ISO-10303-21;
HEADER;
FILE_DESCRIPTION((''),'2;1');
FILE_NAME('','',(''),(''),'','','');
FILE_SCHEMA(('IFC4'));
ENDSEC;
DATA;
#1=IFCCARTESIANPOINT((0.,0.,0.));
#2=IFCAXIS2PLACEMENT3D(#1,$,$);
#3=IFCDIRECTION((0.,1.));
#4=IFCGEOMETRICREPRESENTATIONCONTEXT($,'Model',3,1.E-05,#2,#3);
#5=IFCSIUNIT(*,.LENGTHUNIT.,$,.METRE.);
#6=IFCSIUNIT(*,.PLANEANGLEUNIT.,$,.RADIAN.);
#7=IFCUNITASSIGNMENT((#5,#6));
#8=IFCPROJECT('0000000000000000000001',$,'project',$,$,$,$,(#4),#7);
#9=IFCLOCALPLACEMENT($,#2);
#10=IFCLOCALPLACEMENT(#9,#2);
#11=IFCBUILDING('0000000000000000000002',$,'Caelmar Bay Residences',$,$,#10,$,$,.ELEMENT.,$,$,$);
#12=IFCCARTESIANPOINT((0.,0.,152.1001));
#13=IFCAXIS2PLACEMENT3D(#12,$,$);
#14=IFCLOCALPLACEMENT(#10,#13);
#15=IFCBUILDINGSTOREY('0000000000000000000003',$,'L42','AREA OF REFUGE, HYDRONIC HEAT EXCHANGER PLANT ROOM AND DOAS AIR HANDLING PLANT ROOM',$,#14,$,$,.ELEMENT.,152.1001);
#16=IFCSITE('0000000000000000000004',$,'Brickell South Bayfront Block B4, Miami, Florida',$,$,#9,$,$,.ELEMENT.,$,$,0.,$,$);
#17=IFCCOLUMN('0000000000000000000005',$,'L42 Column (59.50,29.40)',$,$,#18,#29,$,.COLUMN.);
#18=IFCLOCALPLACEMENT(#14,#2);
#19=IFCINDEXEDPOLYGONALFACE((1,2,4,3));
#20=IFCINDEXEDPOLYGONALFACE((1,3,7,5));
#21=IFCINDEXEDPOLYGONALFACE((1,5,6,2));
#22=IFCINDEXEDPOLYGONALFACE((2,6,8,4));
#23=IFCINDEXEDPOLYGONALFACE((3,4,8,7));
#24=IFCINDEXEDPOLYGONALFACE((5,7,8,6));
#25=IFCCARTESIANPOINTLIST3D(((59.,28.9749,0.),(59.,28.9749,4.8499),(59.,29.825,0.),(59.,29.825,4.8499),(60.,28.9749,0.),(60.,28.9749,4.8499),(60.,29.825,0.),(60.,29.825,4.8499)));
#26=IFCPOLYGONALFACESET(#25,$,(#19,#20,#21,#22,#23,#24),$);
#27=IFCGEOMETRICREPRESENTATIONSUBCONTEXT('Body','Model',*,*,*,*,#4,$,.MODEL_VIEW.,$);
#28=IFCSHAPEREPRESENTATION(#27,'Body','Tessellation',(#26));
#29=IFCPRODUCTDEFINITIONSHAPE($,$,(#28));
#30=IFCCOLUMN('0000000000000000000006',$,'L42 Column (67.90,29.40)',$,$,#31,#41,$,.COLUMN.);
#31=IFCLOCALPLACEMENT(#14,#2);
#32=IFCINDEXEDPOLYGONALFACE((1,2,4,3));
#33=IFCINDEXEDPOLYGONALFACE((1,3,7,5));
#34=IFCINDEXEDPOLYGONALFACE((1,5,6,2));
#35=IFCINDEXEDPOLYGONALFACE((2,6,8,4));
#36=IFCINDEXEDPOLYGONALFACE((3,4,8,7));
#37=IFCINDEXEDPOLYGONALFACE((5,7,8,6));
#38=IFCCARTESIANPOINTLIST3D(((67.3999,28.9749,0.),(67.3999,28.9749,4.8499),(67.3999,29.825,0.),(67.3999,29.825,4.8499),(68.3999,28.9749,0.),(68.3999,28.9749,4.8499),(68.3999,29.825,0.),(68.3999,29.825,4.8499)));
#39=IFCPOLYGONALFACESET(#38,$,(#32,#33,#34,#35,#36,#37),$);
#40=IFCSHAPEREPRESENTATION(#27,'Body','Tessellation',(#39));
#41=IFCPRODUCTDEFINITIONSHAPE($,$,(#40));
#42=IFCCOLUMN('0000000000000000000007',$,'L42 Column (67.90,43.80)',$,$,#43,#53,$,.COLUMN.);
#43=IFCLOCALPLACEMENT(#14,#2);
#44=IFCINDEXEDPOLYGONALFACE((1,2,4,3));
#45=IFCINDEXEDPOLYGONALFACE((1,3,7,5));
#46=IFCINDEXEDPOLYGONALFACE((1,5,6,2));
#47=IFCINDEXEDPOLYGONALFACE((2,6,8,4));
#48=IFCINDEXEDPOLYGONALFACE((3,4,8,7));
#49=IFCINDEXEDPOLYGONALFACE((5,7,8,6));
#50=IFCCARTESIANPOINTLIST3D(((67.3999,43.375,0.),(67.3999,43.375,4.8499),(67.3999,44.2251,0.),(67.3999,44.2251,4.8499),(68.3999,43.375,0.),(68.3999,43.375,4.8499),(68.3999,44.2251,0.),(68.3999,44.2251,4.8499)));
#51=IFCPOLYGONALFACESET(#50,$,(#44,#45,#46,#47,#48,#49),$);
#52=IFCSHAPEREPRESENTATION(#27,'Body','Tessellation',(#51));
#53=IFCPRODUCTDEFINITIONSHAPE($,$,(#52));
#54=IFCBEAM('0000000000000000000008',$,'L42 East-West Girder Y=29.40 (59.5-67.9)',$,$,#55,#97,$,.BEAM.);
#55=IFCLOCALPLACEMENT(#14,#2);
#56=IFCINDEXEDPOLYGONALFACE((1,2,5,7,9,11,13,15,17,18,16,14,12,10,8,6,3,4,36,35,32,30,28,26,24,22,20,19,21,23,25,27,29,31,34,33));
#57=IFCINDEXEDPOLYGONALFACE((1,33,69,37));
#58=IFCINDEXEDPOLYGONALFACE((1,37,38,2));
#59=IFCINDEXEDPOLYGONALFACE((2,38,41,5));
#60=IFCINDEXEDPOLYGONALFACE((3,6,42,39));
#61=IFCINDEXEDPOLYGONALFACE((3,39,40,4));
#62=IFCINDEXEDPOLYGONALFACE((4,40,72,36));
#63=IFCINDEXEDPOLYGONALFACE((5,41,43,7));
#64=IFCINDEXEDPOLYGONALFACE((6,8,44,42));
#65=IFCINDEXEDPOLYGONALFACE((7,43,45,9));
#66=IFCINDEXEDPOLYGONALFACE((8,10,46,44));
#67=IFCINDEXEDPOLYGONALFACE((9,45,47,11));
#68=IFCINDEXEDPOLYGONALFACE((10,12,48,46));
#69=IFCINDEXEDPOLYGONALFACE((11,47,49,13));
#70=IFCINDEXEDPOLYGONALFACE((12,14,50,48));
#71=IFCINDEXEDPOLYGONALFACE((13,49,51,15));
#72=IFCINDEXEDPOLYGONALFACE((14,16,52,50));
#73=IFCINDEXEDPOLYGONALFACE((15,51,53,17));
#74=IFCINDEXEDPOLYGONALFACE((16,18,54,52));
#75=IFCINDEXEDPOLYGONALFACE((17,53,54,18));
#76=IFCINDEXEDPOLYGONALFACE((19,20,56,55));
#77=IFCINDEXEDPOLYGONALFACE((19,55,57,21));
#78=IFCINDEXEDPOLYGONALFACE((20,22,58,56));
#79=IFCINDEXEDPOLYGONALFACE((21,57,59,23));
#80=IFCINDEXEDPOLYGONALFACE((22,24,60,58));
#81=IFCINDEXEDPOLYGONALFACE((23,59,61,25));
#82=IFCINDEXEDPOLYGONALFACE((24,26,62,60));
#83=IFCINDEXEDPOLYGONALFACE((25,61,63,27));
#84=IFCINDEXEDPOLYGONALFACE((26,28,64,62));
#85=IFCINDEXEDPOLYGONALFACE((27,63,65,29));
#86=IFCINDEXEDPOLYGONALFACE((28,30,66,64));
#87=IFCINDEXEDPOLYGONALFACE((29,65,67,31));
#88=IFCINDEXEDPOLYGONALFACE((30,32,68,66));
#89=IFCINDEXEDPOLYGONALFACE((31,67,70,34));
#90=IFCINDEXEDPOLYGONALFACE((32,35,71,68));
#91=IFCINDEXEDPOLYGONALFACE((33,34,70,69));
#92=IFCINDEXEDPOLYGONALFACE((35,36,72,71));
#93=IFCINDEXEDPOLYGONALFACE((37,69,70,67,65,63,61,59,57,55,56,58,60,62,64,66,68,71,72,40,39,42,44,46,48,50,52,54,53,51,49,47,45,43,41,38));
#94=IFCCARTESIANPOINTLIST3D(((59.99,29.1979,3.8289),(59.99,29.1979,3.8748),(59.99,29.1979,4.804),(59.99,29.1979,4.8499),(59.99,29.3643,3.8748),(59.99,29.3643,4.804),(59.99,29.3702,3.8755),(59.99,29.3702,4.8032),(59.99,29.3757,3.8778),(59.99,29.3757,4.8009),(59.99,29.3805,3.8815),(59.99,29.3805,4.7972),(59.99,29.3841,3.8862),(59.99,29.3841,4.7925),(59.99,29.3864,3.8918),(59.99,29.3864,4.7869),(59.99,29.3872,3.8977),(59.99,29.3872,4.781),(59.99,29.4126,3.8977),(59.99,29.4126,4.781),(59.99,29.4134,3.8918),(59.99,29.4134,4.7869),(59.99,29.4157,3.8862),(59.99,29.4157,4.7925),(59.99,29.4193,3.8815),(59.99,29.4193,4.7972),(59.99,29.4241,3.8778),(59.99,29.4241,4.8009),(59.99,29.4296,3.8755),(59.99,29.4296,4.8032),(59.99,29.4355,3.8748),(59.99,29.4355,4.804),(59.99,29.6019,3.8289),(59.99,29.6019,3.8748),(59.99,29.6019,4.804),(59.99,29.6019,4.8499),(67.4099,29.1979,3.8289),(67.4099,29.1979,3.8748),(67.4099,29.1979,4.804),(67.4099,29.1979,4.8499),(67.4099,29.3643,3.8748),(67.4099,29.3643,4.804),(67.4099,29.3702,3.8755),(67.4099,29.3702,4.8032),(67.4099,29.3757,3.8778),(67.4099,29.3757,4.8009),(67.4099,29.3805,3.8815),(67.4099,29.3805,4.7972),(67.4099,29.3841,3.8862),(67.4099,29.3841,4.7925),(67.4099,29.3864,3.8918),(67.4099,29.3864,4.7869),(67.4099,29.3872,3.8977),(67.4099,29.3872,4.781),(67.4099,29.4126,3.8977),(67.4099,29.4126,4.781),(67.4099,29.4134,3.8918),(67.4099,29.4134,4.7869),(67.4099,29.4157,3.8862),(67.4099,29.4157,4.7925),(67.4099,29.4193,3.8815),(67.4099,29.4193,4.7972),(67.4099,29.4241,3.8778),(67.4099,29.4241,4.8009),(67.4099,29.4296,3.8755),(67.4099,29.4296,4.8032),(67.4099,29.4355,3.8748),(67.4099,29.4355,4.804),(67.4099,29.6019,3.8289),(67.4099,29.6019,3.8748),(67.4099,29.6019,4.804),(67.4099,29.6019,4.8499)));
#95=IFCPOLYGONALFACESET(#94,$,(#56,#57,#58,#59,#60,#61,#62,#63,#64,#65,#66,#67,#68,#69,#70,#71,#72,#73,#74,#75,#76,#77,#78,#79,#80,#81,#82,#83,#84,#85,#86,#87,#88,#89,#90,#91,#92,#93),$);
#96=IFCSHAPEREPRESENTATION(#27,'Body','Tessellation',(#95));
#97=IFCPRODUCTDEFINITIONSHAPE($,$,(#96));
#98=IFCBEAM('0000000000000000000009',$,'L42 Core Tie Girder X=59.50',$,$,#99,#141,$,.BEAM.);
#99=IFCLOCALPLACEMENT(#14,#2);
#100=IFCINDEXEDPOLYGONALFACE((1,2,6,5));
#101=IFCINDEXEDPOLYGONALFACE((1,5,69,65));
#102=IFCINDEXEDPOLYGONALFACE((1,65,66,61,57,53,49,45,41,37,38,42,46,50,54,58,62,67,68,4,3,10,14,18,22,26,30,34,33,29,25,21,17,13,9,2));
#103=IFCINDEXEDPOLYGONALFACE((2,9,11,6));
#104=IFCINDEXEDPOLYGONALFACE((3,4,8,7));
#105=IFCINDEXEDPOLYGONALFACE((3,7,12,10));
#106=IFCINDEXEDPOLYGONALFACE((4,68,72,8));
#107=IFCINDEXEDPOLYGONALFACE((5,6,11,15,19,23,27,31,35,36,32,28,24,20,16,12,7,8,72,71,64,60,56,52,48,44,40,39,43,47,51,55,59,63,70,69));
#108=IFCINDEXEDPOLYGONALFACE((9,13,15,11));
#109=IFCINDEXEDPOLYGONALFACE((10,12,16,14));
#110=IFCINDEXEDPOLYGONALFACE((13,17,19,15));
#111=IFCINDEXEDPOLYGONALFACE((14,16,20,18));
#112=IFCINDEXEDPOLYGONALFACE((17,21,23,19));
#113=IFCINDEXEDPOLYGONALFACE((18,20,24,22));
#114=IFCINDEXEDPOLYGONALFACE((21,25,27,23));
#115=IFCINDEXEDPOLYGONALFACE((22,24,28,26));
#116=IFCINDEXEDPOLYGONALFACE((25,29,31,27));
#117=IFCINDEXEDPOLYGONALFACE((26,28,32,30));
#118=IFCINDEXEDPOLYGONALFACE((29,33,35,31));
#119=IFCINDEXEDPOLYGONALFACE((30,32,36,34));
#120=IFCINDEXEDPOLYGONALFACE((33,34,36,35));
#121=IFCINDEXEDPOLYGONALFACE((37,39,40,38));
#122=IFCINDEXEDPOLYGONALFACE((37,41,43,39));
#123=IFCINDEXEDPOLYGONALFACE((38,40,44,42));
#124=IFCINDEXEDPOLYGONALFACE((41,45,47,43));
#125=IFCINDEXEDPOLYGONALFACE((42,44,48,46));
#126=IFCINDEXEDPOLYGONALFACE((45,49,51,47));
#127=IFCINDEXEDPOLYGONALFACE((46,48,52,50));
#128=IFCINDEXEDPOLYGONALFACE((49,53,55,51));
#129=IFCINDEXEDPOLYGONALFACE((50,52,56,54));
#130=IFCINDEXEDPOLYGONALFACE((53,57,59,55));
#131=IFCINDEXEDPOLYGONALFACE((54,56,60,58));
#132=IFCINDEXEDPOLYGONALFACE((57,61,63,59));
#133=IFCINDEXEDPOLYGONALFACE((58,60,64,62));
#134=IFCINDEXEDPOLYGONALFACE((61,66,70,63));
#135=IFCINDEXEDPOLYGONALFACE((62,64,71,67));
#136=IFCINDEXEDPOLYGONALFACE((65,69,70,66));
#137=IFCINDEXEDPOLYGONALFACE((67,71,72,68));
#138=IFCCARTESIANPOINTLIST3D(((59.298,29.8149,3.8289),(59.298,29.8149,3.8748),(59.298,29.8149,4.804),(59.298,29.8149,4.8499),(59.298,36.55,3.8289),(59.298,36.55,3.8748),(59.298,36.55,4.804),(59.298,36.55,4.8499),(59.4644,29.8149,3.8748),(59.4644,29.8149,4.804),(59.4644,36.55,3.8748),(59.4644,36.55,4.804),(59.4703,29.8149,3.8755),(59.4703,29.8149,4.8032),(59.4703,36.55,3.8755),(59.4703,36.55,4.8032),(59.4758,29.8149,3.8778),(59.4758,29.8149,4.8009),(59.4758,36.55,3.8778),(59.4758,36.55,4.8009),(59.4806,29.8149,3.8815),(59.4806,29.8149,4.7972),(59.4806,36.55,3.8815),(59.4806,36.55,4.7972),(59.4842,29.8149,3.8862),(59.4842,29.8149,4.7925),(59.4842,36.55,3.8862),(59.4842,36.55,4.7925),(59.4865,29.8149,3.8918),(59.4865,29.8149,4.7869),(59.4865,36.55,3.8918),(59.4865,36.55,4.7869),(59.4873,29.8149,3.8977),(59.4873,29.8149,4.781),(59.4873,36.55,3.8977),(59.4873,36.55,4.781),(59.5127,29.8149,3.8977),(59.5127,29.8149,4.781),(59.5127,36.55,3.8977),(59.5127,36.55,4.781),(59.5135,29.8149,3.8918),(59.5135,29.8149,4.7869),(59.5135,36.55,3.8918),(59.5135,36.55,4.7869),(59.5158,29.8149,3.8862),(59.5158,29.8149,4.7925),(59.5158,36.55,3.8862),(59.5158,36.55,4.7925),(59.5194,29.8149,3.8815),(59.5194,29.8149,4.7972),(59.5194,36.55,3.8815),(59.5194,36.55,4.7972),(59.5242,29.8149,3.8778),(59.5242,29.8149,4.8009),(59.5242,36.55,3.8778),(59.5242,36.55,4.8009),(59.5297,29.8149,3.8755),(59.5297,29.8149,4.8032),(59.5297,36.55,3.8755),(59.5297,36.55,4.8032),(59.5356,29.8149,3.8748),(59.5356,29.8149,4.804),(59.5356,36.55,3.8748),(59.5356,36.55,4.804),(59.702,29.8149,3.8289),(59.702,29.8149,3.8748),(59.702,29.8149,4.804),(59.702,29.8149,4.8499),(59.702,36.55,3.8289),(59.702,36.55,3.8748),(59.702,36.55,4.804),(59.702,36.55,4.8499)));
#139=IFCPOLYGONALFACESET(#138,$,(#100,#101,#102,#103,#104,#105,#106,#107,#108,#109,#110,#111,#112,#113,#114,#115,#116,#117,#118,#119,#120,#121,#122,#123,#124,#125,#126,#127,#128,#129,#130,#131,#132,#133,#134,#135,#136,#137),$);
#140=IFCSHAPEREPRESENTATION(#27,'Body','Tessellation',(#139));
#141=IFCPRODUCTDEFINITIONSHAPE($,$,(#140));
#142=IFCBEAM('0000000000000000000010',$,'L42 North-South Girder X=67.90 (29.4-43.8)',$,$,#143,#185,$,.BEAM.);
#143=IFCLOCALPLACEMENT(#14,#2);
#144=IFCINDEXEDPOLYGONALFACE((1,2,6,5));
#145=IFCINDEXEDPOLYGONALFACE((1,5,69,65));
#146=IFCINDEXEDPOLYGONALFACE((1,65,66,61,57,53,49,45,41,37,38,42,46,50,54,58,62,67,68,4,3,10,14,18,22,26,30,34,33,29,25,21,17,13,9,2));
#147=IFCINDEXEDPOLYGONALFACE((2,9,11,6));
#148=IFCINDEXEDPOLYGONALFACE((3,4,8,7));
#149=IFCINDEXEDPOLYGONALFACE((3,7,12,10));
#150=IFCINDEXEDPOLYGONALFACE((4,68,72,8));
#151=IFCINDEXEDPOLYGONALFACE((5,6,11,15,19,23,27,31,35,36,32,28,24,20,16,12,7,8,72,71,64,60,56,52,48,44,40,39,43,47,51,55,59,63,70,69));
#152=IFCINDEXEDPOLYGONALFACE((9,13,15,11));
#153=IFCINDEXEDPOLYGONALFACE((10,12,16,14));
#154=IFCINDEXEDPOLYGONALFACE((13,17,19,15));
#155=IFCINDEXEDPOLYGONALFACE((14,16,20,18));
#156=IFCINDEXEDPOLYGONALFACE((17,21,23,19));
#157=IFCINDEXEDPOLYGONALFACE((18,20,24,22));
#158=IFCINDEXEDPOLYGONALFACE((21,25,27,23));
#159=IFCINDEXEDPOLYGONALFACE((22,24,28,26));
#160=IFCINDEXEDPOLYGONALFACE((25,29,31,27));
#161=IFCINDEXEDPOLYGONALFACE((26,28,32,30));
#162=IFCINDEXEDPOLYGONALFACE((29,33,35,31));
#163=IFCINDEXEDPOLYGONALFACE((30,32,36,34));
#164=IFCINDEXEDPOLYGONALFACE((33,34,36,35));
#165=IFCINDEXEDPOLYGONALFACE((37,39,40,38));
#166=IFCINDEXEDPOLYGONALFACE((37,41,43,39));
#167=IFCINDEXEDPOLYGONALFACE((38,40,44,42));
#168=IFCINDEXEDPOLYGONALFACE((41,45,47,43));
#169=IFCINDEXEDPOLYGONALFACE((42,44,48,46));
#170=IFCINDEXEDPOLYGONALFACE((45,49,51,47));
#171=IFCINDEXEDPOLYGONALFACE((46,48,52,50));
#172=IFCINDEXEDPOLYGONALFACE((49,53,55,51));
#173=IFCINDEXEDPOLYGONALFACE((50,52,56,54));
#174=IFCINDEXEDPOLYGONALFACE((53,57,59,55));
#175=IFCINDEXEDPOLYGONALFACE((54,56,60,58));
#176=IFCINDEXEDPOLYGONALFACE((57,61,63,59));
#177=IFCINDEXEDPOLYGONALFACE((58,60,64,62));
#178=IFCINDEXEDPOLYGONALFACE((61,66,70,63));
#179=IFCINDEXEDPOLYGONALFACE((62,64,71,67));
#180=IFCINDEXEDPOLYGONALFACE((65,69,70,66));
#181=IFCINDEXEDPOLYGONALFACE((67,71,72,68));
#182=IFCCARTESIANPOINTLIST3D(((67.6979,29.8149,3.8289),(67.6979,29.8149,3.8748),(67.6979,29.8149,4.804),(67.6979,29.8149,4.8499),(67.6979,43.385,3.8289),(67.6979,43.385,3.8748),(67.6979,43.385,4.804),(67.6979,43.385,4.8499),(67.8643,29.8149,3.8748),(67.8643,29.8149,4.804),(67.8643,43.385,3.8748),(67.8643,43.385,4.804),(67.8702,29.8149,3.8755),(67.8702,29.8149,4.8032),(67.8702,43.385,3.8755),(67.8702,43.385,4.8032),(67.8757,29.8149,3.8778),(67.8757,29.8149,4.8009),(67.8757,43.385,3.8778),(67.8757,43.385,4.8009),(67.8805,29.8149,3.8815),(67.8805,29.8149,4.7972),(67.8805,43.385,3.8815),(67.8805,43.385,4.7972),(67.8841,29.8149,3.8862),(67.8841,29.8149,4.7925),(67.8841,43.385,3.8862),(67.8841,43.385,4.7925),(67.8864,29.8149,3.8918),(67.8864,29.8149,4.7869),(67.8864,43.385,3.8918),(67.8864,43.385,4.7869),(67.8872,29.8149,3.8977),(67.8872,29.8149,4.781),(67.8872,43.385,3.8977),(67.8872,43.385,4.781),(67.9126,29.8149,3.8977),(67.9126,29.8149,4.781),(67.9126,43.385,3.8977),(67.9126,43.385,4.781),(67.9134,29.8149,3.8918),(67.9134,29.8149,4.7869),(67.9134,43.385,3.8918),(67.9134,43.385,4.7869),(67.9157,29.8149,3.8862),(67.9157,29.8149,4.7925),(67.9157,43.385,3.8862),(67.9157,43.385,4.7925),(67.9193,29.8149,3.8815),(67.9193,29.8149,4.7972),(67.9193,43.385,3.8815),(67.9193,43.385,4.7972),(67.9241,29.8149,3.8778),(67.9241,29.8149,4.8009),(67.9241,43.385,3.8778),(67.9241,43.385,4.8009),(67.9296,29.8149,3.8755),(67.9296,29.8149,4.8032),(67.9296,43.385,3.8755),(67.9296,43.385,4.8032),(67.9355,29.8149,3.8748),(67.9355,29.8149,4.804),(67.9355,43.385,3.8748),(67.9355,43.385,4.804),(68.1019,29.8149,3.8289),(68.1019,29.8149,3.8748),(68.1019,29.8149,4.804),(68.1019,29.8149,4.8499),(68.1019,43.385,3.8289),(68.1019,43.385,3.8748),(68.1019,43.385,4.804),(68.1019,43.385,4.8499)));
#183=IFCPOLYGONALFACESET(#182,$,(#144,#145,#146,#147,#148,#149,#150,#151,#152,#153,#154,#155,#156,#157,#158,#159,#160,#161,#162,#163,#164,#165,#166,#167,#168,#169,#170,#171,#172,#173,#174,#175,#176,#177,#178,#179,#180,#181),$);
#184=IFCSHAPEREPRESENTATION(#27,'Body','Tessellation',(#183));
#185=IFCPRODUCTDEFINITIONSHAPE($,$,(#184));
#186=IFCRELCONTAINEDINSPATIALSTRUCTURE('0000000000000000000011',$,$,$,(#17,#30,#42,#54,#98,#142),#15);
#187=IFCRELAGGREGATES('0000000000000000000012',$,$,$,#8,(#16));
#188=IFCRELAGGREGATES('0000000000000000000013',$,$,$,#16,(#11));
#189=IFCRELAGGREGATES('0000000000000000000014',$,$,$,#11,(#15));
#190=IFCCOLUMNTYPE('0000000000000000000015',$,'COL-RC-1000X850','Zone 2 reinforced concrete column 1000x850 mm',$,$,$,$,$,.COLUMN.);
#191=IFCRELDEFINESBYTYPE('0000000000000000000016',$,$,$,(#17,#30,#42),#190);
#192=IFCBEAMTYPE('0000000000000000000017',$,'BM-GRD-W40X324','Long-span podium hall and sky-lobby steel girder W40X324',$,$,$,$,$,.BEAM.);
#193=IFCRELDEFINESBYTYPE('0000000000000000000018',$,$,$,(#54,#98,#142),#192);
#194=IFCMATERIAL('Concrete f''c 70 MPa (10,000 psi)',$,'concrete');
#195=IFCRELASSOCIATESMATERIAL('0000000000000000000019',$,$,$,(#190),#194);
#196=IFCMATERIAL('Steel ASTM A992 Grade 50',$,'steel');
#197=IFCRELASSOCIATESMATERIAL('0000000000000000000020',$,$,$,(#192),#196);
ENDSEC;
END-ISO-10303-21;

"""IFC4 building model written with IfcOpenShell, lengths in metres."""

from ifc_helpers import new_model, si_unit, direction, frame, origin, origin_2d, place, context, subcontext, project, spatial, rectangle, i_section, extrude, material, material_profile, profile_set, type_object, element, save


model = new_model("IFC4")

# Units and contexts
model_context = context("Model", 3, precision=1e-05, world=origin(), true_north=direction((0.0, 1.0)))
body_context = subcontext(model_context, "Body", "Model", "MODEL_VIEW")
ifc_project = project(units=[si_unit("LENGTHUNIT", "METRE"), si_unit("PLANEANGLEUNIT", "RADIAN")], contexts=[model_context])

# Site, building, storey
site_placement = place(None, origin())
site = spatial("IfcSite", under=ifc_project, at=site_placement, Name="Brickell South Bayfront Block B4, Miami, Florida", CompositionType="ELEMENT", RefElevation=0.0)
building_placement = place(site_placement, origin())
building = spatial("IfcBuilding", under=site, at=building_placement, Name="Caelmar Bay Residences", CompositionType="ELEMENT")
storey_placement = place(building_placement, frame((0.0, 0.0, 152.1001)))
storey = spatial("IfcBuildingStorey", under=building, at=storey_placement, Name="L42", Description="AREA OF REFUGE, HYDRONIC HEAT EXCHANGER PLANT ROOM AND DOAS AIR HANDLING PLANT ROOM", CompositionType="ELEMENT", Elevation=152.1001)

# Columns
ifc_material_1 = material(Name="Concrete f'c 70 MPa (10,000 psi)", Category="concrete")
ifc_material_profile_1 = material_profile(ifc_material_1, rectangle(XDim=1.0, YDim=0.8501, at=origin_2d()), Name="RC-COL-1000X850")
ifc_profile_set_1 = profile_set([ifc_material_profile_1], Name="Concrete f'c 70 MPa (10,000 psi)")
column_type = type_object("IfcColumnType", Name="COL-RC-1000X850", Description="Zone 2 reinforced concrete column 1000x850 mm", PredefinedType="COLUMN", material=ifc_profile_set_1)
for number, where, z_axis, x_axis, name in (
    (1, (59.5, 29.3999, 0.0), (0.0, 0.0, 1.0), (1.0, 0.0, 0.0), "L42 Column (59.50,29.40)"),
    (2, (67.8999, 29.3999, 0.0), (0.0, 0.0, 1.0), (1.0, 0.0, 0.0), "L42 Column (67.90,29.40)"),
    (3, (67.8999, 43.8, 0.0), (0.0, 0.0, 1.0), (1.0, 0.0, 0.0), "L42 Column (67.90,43.80)"),
):
    element("IfcColumn", number, at=place(storey_placement, frame(where, z_axis=z_axis, x_axis=x_axis)), inside=storey, type_object=column_type, Name=name, PredefinedType="COLUMN", context=body_context, shape_type="SweptSolid", body=[
        extrude(rectangle(XDim=1.0, YDim=0.8501, at=origin_2d()), origin(), (0.0, 0.0, 1.0), 4.8499),
    ])

# Beams
ifc_material_2 = material(Name="Steel ASTM A992 Grade 50", Category="steel")
ifc_material_profile_2 = material_profile(ifc_material_2, i_section(OverallWidth=0.4041, OverallDepth=1.021, WebThickness=0.0254, FlangeThickness=0.0459, FilletRadius=0.0229, at=origin_2d()), Name="W40X324")
ifc_profile_set_2 = profile_set([ifc_material_profile_2], Name="Steel ASTM A992 Grade 50")
beam_type_1 = type_object("IfcBeamType", Name="BM-GRD-W40X324", Description="Long-span podium hall and sky-lobby steel girder W40X324", PredefinedType="BEAM", material=ifc_profile_set_2)
beam_1_placement = place(storey_placement, frame((59.99, 29.3999, 4.3394), z_axis=(1.0, 0.0, 0.0), x_axis=(0.0, 1.0, 0.0)))
element("IfcBeam", 4, at=beam_1_placement, inside=storey, type_object=beam_type_1, Name="L42 East-West Girder Y=29.40 (59.5-67.9)", PredefinedType="BEAM", context=body_context, shape_type="SweptSolid", body=[
    extrude(i_section(OverallWidth=0.4041, OverallDepth=1.021, WebThickness=0.0254, FlangeThickness=0.0459, FilletRadius=0.0229, at=origin_2d()), origin(), (0.0, 0.0, 1.0), 7.4199),
])
beam_2_placement = place(storey_placement, frame((59.5, 29.8149, 4.3394), z_axis=(0.0, 1.0, 0.0), x_axis=(-1.0, 0.0, 0.0)))
element("IfcBeam", 5, at=beam_2_placement, inside=storey, type_object=beam_type_1, Name="L42 Core Tie Girder X=59.50", PredefinedType="BEAM", context=body_context, shape_type="SweptSolid", body=[
    extrude(i_section(OverallWidth=0.4041, OverallDepth=1.021, WebThickness=0.0254, FlangeThickness=0.0459, FilletRadius=0.0229, at=origin_2d()), origin(), (0.0, 0.0, 1.0), 6.7351),
])
beam_3_placement = place(storey_placement, frame((67.8999, 29.8149, 4.3394), z_axis=(0.0, 1.0, 0.0), x_axis=(-1.0, 0.0, 0.0)))
element("IfcBeam", 6, at=beam_3_placement, inside=storey, type_object=beam_type_1, Name="L42 North-South Girder X=67.90 (29.4-43.8)", PredefinedType="BEAM", context=body_context, shape_type="SweptSolid", body=[
    extrude(i_section(OverallWidth=0.4041, OverallDepth=1.021, WebThickness=0.0254, FlangeThickness=0.0459, FilletRadius=0.0229, at=origin_2d()), origin(), (0.0, 0.0, 1.0), 13.5701),
])

save(model, "model.ifc")
